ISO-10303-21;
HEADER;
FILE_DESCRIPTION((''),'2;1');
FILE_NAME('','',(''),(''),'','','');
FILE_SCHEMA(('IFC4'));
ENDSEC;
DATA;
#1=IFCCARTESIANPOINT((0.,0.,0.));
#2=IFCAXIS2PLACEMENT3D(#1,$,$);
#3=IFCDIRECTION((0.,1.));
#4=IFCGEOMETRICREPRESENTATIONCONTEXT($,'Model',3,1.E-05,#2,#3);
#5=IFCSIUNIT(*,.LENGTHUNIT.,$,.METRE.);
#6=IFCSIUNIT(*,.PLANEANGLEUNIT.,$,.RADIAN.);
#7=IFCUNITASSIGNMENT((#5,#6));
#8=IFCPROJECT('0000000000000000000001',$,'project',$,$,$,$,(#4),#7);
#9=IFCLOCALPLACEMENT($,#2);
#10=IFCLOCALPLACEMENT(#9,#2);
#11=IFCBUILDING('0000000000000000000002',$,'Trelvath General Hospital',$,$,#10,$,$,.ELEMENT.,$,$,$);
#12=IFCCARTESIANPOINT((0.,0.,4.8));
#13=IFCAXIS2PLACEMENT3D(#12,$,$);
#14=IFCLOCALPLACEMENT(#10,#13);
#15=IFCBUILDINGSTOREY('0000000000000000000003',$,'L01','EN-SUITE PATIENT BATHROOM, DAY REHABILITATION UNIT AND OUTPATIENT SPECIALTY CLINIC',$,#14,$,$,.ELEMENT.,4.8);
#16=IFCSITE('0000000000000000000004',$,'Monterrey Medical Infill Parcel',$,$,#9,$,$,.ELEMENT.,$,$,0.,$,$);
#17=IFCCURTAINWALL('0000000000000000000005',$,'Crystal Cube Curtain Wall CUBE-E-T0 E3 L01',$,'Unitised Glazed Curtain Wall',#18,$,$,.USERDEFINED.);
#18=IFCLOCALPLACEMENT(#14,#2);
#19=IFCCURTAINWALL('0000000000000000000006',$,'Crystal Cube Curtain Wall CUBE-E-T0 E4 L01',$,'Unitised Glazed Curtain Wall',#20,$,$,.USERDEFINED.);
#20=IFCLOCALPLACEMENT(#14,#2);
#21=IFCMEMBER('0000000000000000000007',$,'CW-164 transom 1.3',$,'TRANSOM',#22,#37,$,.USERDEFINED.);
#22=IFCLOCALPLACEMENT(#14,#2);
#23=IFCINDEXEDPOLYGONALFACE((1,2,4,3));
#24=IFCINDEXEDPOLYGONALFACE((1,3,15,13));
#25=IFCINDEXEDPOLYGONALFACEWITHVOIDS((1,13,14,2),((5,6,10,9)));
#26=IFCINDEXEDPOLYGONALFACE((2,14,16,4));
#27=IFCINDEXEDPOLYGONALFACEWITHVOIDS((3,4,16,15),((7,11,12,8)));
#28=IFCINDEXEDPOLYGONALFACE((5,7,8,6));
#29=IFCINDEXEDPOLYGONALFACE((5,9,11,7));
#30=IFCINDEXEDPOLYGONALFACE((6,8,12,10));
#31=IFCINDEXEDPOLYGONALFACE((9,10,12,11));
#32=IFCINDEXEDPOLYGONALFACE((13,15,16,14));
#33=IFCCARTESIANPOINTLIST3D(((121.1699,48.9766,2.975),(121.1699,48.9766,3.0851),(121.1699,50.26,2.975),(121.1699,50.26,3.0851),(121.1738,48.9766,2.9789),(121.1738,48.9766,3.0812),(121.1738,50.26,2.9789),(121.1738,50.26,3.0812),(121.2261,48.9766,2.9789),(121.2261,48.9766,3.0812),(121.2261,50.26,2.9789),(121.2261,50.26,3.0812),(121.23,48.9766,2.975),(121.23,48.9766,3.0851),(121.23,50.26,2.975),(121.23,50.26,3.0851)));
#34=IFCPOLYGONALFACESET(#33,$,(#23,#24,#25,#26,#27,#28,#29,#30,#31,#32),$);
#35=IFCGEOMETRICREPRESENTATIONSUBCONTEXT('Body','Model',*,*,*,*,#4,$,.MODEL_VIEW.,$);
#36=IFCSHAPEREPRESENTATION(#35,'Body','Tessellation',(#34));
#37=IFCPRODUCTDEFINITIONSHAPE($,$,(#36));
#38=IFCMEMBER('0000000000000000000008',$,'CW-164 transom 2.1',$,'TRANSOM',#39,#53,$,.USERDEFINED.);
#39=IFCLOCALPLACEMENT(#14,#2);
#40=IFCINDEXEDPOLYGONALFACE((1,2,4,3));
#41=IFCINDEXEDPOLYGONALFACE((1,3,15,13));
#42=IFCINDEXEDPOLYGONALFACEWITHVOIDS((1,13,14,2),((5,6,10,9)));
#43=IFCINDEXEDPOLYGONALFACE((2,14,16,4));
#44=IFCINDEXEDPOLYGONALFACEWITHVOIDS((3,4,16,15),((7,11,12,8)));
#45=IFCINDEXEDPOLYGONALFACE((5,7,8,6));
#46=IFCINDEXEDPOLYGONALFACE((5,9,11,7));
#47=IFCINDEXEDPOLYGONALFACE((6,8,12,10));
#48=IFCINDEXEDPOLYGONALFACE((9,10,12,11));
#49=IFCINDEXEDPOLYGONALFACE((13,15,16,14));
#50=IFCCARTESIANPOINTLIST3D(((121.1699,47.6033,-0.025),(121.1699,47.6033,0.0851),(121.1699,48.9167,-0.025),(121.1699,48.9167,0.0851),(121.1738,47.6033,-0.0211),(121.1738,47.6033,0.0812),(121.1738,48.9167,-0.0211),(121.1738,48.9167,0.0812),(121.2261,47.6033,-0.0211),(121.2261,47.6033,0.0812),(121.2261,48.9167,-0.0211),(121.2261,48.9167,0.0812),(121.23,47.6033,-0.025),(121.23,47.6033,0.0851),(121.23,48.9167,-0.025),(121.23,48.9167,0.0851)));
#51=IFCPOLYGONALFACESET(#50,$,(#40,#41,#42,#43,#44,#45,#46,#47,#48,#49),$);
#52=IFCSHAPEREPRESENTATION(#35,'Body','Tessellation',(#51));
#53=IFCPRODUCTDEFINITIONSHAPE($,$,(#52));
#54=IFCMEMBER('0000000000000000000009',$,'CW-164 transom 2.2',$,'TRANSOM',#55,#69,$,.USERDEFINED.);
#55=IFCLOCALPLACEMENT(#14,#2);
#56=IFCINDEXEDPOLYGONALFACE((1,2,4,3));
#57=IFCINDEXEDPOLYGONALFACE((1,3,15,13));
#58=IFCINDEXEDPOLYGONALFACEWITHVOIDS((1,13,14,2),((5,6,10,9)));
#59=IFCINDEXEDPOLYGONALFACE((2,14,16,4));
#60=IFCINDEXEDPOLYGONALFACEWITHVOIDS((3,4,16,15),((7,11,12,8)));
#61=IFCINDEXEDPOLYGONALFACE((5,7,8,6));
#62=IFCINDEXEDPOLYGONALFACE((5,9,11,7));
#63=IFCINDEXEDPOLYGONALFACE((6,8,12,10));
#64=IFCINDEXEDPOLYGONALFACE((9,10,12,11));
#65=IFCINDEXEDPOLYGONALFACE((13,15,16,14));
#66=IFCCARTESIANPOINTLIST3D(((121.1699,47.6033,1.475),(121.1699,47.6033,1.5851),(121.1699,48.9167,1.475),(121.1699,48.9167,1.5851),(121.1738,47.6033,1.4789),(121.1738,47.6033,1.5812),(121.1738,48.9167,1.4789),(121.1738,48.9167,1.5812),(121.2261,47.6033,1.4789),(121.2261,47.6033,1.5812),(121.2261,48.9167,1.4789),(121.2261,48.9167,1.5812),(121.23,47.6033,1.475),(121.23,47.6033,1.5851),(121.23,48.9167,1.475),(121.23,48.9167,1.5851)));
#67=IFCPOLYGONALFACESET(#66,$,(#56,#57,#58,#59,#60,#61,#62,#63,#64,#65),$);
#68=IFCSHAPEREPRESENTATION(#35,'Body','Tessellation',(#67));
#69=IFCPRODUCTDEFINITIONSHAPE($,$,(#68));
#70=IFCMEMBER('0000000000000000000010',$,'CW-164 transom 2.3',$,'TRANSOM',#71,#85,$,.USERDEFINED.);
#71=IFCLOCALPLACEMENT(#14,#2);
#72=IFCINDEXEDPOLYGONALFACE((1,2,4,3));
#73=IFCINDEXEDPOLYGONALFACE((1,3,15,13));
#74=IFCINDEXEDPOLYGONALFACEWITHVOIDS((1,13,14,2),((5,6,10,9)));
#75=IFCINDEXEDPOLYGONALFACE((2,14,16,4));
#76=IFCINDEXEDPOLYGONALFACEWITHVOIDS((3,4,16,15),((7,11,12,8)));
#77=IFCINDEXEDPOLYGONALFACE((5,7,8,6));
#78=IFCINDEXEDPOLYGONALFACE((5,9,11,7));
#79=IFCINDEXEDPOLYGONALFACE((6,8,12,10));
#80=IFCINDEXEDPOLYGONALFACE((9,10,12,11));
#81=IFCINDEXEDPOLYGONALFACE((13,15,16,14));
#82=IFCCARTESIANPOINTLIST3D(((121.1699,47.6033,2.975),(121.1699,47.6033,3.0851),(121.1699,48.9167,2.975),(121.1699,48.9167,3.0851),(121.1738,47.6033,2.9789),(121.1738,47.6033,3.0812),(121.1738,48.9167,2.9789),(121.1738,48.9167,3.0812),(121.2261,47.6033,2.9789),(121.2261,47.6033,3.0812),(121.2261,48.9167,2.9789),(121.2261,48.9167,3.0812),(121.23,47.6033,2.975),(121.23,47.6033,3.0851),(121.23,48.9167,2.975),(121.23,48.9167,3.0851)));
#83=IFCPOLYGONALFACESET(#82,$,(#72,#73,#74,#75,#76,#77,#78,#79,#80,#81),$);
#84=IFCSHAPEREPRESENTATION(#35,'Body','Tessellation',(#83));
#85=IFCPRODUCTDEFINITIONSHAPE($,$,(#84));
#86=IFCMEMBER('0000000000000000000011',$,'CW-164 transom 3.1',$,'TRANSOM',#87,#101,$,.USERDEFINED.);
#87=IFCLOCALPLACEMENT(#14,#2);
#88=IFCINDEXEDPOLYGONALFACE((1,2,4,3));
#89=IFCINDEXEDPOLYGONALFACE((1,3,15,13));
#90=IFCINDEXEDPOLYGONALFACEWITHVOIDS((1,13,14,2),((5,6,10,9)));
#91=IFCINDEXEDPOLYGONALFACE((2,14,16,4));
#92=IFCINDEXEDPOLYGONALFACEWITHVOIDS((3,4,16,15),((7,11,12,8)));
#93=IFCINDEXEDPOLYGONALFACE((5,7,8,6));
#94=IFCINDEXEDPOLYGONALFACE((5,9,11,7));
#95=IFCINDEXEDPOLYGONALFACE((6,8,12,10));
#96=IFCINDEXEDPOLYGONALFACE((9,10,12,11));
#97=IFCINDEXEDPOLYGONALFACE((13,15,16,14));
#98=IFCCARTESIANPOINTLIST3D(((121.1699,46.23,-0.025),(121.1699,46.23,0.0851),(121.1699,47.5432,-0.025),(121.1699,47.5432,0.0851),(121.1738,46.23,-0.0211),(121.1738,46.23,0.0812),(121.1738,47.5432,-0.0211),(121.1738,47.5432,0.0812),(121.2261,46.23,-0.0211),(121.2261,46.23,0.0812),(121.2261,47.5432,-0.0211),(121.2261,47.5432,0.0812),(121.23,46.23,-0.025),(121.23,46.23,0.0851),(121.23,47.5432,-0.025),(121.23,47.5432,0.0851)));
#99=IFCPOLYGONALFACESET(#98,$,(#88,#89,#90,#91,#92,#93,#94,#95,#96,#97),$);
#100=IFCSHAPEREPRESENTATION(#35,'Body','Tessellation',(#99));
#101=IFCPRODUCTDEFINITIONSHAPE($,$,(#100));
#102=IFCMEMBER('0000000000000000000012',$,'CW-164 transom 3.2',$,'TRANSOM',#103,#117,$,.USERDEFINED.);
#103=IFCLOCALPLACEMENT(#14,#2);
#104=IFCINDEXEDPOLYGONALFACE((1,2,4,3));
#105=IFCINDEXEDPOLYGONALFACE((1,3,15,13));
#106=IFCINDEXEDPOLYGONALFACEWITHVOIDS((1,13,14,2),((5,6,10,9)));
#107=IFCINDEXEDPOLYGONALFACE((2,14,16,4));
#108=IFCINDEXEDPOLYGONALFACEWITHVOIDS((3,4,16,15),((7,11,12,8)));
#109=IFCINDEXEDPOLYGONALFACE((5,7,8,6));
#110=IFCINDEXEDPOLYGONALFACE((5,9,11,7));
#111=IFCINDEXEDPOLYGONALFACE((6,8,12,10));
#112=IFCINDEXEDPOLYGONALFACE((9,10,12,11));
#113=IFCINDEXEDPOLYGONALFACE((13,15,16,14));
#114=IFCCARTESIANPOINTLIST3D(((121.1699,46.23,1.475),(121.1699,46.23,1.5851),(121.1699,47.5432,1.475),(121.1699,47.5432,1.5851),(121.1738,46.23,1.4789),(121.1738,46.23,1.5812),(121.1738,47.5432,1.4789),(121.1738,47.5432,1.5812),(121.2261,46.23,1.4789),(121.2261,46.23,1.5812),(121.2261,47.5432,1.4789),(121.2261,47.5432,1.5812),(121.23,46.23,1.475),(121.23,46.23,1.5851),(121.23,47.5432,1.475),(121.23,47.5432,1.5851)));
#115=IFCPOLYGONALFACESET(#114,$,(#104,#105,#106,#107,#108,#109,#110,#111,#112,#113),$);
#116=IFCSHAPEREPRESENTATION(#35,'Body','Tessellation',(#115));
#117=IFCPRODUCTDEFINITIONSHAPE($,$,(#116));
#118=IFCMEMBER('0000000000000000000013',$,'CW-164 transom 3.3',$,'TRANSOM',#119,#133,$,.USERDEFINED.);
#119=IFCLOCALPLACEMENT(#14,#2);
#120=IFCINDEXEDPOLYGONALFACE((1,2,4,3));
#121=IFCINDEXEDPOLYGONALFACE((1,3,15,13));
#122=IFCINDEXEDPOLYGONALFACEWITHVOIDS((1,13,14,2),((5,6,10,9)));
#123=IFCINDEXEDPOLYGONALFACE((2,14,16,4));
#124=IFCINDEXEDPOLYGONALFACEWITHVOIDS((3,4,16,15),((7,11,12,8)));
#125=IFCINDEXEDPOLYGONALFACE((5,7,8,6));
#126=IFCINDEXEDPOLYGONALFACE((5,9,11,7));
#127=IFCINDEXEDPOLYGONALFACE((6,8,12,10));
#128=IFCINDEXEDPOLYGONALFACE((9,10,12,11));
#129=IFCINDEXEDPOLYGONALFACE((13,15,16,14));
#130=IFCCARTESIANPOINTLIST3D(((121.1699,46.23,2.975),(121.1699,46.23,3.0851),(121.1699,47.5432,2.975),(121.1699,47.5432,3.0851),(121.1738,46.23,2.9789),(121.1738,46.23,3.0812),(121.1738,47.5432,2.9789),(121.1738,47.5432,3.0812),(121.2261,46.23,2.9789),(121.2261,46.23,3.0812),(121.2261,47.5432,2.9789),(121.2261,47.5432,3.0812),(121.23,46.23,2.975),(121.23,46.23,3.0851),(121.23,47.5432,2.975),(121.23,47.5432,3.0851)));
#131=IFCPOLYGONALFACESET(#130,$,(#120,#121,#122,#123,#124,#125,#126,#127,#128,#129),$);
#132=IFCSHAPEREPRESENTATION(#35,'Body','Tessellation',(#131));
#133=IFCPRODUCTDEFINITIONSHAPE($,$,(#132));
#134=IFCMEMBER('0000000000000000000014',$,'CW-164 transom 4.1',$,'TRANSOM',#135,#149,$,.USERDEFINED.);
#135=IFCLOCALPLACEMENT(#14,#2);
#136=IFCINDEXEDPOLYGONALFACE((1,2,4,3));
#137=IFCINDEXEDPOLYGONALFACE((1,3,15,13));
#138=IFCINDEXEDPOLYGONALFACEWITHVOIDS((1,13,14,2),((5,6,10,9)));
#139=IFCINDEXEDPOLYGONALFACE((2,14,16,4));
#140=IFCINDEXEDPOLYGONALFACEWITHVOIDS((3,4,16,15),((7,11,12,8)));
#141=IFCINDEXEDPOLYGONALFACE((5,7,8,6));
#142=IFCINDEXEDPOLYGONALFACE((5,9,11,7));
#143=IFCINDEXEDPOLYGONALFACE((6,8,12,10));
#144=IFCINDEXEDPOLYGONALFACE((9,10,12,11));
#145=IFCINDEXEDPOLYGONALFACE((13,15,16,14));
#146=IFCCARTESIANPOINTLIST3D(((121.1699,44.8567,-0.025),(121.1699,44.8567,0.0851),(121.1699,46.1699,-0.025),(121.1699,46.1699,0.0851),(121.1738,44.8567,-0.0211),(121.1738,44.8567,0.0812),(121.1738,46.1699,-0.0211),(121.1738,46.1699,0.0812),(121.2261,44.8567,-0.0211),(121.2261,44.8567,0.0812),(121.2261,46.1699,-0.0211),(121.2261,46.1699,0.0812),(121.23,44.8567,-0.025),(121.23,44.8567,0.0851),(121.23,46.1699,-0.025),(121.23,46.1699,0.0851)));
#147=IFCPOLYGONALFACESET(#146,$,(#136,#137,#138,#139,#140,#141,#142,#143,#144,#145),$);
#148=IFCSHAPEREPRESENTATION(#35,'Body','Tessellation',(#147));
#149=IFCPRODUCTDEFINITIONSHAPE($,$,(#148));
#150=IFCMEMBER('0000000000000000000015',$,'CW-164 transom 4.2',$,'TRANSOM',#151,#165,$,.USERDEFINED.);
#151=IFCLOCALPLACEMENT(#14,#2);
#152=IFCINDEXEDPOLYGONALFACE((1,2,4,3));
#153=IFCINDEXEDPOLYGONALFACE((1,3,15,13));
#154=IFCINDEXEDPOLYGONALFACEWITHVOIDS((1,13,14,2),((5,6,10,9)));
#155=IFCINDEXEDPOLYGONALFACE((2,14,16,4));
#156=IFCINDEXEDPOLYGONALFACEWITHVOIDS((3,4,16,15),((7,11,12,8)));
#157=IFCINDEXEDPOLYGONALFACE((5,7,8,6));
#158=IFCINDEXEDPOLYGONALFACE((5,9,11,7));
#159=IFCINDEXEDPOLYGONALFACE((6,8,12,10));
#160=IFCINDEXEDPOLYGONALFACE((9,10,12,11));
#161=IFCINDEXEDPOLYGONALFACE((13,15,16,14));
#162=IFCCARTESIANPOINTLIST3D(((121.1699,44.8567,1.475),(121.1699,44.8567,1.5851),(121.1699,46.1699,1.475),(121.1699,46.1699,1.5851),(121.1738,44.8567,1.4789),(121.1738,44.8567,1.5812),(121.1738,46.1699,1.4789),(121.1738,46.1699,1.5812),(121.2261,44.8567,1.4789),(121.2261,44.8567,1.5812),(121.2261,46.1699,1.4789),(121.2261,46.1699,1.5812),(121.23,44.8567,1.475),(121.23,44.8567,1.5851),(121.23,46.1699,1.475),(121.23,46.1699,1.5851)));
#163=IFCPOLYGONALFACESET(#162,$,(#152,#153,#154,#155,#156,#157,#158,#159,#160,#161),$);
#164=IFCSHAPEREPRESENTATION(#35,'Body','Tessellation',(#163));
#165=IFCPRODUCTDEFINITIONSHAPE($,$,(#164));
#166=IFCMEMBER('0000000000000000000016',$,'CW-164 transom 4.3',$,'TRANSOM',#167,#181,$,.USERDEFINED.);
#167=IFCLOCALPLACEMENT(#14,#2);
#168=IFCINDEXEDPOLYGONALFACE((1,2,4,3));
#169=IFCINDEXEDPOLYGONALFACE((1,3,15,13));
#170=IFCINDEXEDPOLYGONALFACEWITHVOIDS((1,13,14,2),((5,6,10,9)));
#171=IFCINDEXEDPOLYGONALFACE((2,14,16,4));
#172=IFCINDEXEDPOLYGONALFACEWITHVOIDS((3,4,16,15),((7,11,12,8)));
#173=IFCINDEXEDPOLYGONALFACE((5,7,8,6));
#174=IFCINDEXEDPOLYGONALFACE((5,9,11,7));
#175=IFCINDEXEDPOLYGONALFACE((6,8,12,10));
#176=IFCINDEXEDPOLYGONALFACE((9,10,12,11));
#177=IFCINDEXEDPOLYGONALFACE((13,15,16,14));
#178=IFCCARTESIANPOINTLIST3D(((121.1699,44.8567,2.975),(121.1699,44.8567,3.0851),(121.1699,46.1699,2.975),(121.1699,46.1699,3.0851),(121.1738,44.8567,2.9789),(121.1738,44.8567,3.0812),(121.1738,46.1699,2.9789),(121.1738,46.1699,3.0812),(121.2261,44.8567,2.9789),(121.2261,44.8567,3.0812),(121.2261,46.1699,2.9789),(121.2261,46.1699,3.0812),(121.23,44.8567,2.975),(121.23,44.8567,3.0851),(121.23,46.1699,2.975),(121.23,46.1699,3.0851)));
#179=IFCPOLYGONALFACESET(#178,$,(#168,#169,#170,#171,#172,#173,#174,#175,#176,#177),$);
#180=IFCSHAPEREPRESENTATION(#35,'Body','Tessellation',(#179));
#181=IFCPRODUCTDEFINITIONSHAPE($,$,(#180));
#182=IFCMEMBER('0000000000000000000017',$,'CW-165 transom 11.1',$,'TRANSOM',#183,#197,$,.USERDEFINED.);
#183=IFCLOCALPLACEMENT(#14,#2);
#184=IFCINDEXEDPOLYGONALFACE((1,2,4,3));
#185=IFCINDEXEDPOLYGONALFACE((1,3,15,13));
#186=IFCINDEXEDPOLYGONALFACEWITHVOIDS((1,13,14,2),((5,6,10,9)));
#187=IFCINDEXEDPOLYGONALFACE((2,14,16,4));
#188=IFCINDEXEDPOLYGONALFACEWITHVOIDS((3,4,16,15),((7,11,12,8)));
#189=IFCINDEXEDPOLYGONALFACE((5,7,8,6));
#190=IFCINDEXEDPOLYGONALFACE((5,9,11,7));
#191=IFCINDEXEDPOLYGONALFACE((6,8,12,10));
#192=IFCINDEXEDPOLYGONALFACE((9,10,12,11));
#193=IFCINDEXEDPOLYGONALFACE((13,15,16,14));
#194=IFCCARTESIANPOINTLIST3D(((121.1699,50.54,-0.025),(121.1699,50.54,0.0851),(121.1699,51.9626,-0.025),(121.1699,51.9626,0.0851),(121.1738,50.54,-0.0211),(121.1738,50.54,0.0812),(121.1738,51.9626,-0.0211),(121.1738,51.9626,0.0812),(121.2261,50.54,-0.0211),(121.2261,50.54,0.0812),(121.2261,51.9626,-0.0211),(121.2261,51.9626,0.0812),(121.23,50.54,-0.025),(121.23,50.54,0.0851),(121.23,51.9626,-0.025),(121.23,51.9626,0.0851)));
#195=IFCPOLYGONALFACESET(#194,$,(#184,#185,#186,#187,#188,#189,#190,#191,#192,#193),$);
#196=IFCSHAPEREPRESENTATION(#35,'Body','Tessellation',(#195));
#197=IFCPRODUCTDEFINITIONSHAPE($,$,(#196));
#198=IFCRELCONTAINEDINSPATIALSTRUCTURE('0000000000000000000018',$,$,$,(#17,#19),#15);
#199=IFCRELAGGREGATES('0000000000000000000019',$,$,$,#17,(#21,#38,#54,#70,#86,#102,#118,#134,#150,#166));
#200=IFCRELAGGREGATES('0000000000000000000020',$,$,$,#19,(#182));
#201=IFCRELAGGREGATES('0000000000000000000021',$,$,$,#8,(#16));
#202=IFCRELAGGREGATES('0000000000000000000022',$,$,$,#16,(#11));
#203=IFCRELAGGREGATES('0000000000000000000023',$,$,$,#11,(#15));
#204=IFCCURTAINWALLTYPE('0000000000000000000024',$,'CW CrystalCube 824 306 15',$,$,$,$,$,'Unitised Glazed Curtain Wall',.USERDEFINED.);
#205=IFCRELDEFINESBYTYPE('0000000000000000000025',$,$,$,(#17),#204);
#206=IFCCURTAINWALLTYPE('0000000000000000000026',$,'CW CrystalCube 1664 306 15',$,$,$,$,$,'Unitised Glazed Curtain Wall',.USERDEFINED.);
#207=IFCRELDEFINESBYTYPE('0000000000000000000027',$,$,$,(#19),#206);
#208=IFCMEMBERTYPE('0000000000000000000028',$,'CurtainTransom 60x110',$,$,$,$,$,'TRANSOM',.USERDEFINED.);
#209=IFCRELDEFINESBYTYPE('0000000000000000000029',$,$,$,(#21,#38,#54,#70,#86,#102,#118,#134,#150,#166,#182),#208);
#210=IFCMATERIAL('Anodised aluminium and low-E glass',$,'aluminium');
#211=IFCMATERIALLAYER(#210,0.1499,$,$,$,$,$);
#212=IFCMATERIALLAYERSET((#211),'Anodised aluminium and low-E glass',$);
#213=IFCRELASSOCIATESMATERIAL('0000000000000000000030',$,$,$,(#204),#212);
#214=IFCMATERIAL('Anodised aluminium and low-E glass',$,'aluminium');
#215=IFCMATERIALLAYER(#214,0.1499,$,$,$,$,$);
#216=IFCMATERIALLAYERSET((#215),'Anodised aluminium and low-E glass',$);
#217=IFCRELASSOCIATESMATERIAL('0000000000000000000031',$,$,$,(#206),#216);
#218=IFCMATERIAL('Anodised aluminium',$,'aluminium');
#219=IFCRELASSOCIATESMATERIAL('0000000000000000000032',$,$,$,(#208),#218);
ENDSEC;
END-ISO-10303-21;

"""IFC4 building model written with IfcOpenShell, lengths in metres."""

from ifc_helpers import new_model, si_unit, direction, frame, origin, origin_2d, place, context, subcontext, project, spatial, hollow_rectangle, extrude, material, layer, layer_set, material_profile, profile_set, type_object, element, aggregate, save


model = new_model("IFC4")

# Units and contexts
model_context = context("Model", 3, precision=1e-05, world=origin(), true_north=direction((0.0, 1.0)))
body_context = subcontext(model_context, "Body", "Model", "MODEL_VIEW")
ifc_project = project(units=[si_unit("LENGTHUNIT", "METRE"), si_unit("PLANEANGLEUNIT", "RADIAN")], contexts=[model_context])

# Site, building, storey
site_placement = place(None, origin())
site = spatial("IfcSite", under=ifc_project, at=site_placement, Name="Monterrey Medical Infill Parcel", CompositionType="ELEMENT", RefElevation=0.0)
building_placement = place(site_placement, origin())
building = spatial("IfcBuilding", under=site, at=building_placement, Name="Trelvath General Hospital", CompositionType="ELEMENT")
storey_placement = place(building_placement, frame((0.0, 0.0, 4.8)))
storey = spatial("IfcBuildingStorey", under=building, at=storey_placement, Name="L01", Description="EN-SUITE PATIENT BATHROOM, DAY REHABILITATION UNIT AND OUTPATIENT SPECIALTY CLINIC", CompositionType="ELEMENT", Elevation=4.8)

# Curtain walls
ifc_material_1 = material(Name="Anodised aluminium and low-E glass", Category="aluminium")
ifc_layer_1 = layer(ifc_material_1, 0.1499)
ifc_layer_set_1 = layer_set([ifc_layer_1], Name="Anodised aluminium and low-E glass")
curtain_wall_type_1 = type_object("IfcCurtainWallType", Name="CW CrystalCube 824 306 15", ElementType="Unitised Glazed Curtain Wall", PredefinedType="USERDEFINED", material=ifc_layer_set_1)
curtain_wall_1_placement = place(storey_placement, origin())
curtain_wall_1 = element("IfcCurtainWall", 1, at=curtain_wall_1_placement, inside=storey, type_object=curtain_wall_type_1, Name="Crystal Cube Curtain Wall CUBE-E-T0 E3 L01", ObjectType="Unitised Glazed Curtain Wall", PredefinedType="USERDEFINED")
ifc_material_2 = material(Name="Anodised aluminium and low-E glass", Category="aluminium")
ifc_layer_2 = layer(ifc_material_2, 0.1499)
ifc_layer_set_2 = layer_set([ifc_layer_2], Name="Anodised aluminium and low-E glass")
curtain_wall_type_2 = type_object("IfcCurtainWallType", Name="CW CrystalCube 1664 306 15", ElementType="Unitised Glazed Curtain Wall", PredefinedType="USERDEFINED", material=ifc_layer_set_2)
curtain_wall_2_placement = place(storey_placement, origin())
curtain_wall_2 = element("IfcCurtainWall", 2, at=curtain_wall_2_placement, inside=storey, type_object=curtain_wall_type_2, Name="Crystal Cube Curtain Wall CUBE-E-T0 E4 L01", ObjectType="Unitised Glazed Curtain Wall", PredefinedType="USERDEFINED")

# Members
ifc_material_3 = material(Name="Anodised aluminium", Category="aluminium")
ifc_material_profile_1 = material_profile(ifc_material_3, hollow_rectangle(XDim=0.0601, YDim=0.1101, WallThickness=0.0039, at=origin_2d()), Name="RHS60x110x4")
ifc_profile_set_1 = profile_set([ifc_material_profile_1], Name="Anodised aluminium")
member_type_1 = type_object("IfcMemberType", Name="CurtainTransom 60x110", ElementType="TRANSOM", PredefinedType="USERDEFINED", material=ifc_profile_set_1)
member_1_placement = place(storey_placement, frame((121.2, 50.26, 3.03), z_axis=(0.0, -1.0, 0.0), x_axis=(1.0, 0.0, 0.0)))
member_1 = element("IfcMember", 3, at=member_1_placement, type_object=member_type_1, Name="CW-164 transom 1.3", ObjectType="TRANSOM", PredefinedType="USERDEFINED", context=body_context, shape_type="SweptSolid", body=[
    extrude(hollow_rectangle(XDim=0.0601, YDim=0.1101, WallThickness=0.0039, at=origin_2d()), origin(), (0.0, 0.0, 1.0), 1.2834),
])
member_2_placement = place(storey_placement, frame((121.2, 48.9167, 0.03), z_axis=(0.0, -1.0, 0.0), x_axis=(1.0, 0.0, 0.0)))
member_2 = element("IfcMember", 4, at=member_2_placement, type_object=member_type_1, Name="CW-164 transom 2.1", ObjectType="TRANSOM", PredefinedType="USERDEFINED", context=body_context, shape_type="SweptSolid", body=[
    extrude(hollow_rectangle(XDim=0.0601, YDim=0.1101, WallThickness=0.0039, at=origin_2d()), origin(), (0.0, 0.0, 1.0), 1.3135),
])
member_3_placement = place(storey_placement, frame((121.2, 48.9167, 1.53), z_axis=(0.0, -1.0, 0.0), x_axis=(1.0, 0.0, 0.0)))
member_3 = element("IfcMember", 5, at=member_3_placement, type_object=member_type_1, Name="CW-164 transom 2.2", ObjectType="TRANSOM", PredefinedType="USERDEFINED", context=body_context, shape_type="SweptSolid", body=[
    extrude(hollow_rectangle(XDim=0.0601, YDim=0.1101, WallThickness=0.0039, at=origin_2d()), origin(), (0.0, 0.0, 1.0), 1.3135),
])
member_4_placement = place(storey_placement, frame((121.2, 48.9167, 3.03), z_axis=(0.0, -1.0, 0.0), x_axis=(1.0, 0.0, 0.0)))
member_4 = element("IfcMember", 6, at=member_4_placement, type_object=member_type_1, Name="CW-164 transom 2.3", ObjectType="TRANSOM", PredefinedType="USERDEFINED", context=body_context, shape_type="SweptSolid", body=[
    extrude(hollow_rectangle(XDim=0.0601, YDim=0.1101, WallThickness=0.0039, at=origin_2d()), origin(), (0.0, 0.0, 1.0), 1.3135),
])
member_5_placement = place(storey_placement, frame((121.2, 47.5432, 0.03), z_axis=(0.0, -1.0, 0.0), x_axis=(1.0, 0.0, 0.0)))
member_5 = element("IfcMember", 7, at=member_5_placement, type_object=member_type_1, Name="CW-164 transom 3.1", ObjectType="TRANSOM", PredefinedType="USERDEFINED", context=body_context, shape_type="SweptSolid", body=[
    extrude(hollow_rectangle(XDim=0.0601, YDim=0.1101, WallThickness=0.0039, at=origin_2d()), origin(), (0.0, 0.0, 1.0), 1.3132),
])
member_6_placement = place(storey_placement, frame((121.2, 47.5432, 1.53), z_axis=(0.0, -1.0, 0.0), x_axis=(1.0, 0.0, 0.0)))
member_6 = element("IfcMember", 8, at=member_6_placement, type_object=member_type_1, Name="CW-164 transom 3.2", ObjectType="TRANSOM", PredefinedType="USERDEFINED", context=body_context, shape_type="SweptSolid", body=[
    extrude(hollow_rectangle(XDim=0.0601, YDim=0.1101, WallThickness=0.0039, at=origin_2d()), origin(), (0.0, 0.0, 1.0), 1.3132),
])
member_7_placement = place(storey_placement, frame((121.2, 47.5432, 3.03), z_axis=(0.0, -1.0, 0.0), x_axis=(1.0, 0.0, 0.0)))
member_7 = element("IfcMember", 9, at=member_7_placement, type_object=member_type_1, Name="CW-164 transom 3.3", ObjectType="TRANSOM", PredefinedType="USERDEFINED", context=body_context, shape_type="SweptSolid", body=[
    extrude(hollow_rectangle(XDim=0.0601, YDim=0.1101, WallThickness=0.0039, at=origin_2d()), origin(), (0.0, 0.0, 1.0), 1.3132),
])
member_8_placement = place(storey_placement, frame((121.2, 46.1699, 0.03), z_axis=(0.0, -1.0, 0.0), x_axis=(1.0, 0.0, 0.0)))
member_8 = element("IfcMember", 10, at=member_8_placement, type_object=member_type_1, Name="CW-164 transom 4.1", ObjectType="TRANSOM", PredefinedType="USERDEFINED", context=body_context, shape_type="SweptSolid", body=[
    extrude(hollow_rectangle(XDim=0.0601, YDim=0.1101, WallThickness=0.0039, at=origin_2d()), origin(), (0.0, 0.0, 1.0), 1.3132),
])
member_9_placement = place(storey_placement, frame((121.2, 46.1699, 1.53), z_axis=(0.0, -1.0, 0.0), x_axis=(1.0, 0.0, 0.0)))
member_9 = element("IfcMember", 11, at=member_9_placement, type_object=member_type_1, Name="CW-164 transom 4.2", ObjectType="TRANSOM", PredefinedType="USERDEFINED", context=body_context, shape_type="SweptSolid", body=[
    extrude(hollow_rectangle(XDim=0.0601, YDim=0.1101, WallThickness=0.0039, at=origin_2d()), origin(), (0.0, 0.0, 1.0), 1.3132),
])
member_10_placement = place(storey_placement, frame((121.2, 46.1699, 3.03), z_axis=(0.0, -1.0, 0.0), x_axis=(1.0, 0.0, 0.0)))
member_10 = element("IfcMember", 12, at=member_10_placement, type_object=member_type_1, Name="CW-164 transom 4.3", ObjectType="TRANSOM", PredefinedType="USERDEFINED", context=body_context, shape_type="SweptSolid", body=[
    extrude(hollow_rectangle(XDim=0.0601, YDim=0.1101, WallThickness=0.0039, at=origin_2d()), origin(), (0.0, 0.0, 1.0), 1.3132),
])
member_11_placement = place(storey_placement, frame((121.2, 51.9626, 0.03), z_axis=(0.0, -1.0, 0.0), x_axis=(1.0, 0.0, 0.0)))
member_11 = element("IfcMember", 13, at=member_11_placement, type_object=member_type_1, Name="CW-165 transom 11.1", ObjectType="TRANSOM", PredefinedType="USERDEFINED", context=body_context, shape_type="SweptSolid", body=[
    extrude(hollow_rectangle(XDim=0.0601, YDim=0.1101, WallThickness=0.0039, at=origin_2d()), origin(), (0.0, 0.0, 1.0), 1.4226),
])

aggregate(curtain_wall_1, [member_1, member_2, member_3, member_4, member_5, member_6, member_7, member_8, member_9, member_10])
aggregate(curtain_wall_2, [member_11])

save(model, "model.ifc")
